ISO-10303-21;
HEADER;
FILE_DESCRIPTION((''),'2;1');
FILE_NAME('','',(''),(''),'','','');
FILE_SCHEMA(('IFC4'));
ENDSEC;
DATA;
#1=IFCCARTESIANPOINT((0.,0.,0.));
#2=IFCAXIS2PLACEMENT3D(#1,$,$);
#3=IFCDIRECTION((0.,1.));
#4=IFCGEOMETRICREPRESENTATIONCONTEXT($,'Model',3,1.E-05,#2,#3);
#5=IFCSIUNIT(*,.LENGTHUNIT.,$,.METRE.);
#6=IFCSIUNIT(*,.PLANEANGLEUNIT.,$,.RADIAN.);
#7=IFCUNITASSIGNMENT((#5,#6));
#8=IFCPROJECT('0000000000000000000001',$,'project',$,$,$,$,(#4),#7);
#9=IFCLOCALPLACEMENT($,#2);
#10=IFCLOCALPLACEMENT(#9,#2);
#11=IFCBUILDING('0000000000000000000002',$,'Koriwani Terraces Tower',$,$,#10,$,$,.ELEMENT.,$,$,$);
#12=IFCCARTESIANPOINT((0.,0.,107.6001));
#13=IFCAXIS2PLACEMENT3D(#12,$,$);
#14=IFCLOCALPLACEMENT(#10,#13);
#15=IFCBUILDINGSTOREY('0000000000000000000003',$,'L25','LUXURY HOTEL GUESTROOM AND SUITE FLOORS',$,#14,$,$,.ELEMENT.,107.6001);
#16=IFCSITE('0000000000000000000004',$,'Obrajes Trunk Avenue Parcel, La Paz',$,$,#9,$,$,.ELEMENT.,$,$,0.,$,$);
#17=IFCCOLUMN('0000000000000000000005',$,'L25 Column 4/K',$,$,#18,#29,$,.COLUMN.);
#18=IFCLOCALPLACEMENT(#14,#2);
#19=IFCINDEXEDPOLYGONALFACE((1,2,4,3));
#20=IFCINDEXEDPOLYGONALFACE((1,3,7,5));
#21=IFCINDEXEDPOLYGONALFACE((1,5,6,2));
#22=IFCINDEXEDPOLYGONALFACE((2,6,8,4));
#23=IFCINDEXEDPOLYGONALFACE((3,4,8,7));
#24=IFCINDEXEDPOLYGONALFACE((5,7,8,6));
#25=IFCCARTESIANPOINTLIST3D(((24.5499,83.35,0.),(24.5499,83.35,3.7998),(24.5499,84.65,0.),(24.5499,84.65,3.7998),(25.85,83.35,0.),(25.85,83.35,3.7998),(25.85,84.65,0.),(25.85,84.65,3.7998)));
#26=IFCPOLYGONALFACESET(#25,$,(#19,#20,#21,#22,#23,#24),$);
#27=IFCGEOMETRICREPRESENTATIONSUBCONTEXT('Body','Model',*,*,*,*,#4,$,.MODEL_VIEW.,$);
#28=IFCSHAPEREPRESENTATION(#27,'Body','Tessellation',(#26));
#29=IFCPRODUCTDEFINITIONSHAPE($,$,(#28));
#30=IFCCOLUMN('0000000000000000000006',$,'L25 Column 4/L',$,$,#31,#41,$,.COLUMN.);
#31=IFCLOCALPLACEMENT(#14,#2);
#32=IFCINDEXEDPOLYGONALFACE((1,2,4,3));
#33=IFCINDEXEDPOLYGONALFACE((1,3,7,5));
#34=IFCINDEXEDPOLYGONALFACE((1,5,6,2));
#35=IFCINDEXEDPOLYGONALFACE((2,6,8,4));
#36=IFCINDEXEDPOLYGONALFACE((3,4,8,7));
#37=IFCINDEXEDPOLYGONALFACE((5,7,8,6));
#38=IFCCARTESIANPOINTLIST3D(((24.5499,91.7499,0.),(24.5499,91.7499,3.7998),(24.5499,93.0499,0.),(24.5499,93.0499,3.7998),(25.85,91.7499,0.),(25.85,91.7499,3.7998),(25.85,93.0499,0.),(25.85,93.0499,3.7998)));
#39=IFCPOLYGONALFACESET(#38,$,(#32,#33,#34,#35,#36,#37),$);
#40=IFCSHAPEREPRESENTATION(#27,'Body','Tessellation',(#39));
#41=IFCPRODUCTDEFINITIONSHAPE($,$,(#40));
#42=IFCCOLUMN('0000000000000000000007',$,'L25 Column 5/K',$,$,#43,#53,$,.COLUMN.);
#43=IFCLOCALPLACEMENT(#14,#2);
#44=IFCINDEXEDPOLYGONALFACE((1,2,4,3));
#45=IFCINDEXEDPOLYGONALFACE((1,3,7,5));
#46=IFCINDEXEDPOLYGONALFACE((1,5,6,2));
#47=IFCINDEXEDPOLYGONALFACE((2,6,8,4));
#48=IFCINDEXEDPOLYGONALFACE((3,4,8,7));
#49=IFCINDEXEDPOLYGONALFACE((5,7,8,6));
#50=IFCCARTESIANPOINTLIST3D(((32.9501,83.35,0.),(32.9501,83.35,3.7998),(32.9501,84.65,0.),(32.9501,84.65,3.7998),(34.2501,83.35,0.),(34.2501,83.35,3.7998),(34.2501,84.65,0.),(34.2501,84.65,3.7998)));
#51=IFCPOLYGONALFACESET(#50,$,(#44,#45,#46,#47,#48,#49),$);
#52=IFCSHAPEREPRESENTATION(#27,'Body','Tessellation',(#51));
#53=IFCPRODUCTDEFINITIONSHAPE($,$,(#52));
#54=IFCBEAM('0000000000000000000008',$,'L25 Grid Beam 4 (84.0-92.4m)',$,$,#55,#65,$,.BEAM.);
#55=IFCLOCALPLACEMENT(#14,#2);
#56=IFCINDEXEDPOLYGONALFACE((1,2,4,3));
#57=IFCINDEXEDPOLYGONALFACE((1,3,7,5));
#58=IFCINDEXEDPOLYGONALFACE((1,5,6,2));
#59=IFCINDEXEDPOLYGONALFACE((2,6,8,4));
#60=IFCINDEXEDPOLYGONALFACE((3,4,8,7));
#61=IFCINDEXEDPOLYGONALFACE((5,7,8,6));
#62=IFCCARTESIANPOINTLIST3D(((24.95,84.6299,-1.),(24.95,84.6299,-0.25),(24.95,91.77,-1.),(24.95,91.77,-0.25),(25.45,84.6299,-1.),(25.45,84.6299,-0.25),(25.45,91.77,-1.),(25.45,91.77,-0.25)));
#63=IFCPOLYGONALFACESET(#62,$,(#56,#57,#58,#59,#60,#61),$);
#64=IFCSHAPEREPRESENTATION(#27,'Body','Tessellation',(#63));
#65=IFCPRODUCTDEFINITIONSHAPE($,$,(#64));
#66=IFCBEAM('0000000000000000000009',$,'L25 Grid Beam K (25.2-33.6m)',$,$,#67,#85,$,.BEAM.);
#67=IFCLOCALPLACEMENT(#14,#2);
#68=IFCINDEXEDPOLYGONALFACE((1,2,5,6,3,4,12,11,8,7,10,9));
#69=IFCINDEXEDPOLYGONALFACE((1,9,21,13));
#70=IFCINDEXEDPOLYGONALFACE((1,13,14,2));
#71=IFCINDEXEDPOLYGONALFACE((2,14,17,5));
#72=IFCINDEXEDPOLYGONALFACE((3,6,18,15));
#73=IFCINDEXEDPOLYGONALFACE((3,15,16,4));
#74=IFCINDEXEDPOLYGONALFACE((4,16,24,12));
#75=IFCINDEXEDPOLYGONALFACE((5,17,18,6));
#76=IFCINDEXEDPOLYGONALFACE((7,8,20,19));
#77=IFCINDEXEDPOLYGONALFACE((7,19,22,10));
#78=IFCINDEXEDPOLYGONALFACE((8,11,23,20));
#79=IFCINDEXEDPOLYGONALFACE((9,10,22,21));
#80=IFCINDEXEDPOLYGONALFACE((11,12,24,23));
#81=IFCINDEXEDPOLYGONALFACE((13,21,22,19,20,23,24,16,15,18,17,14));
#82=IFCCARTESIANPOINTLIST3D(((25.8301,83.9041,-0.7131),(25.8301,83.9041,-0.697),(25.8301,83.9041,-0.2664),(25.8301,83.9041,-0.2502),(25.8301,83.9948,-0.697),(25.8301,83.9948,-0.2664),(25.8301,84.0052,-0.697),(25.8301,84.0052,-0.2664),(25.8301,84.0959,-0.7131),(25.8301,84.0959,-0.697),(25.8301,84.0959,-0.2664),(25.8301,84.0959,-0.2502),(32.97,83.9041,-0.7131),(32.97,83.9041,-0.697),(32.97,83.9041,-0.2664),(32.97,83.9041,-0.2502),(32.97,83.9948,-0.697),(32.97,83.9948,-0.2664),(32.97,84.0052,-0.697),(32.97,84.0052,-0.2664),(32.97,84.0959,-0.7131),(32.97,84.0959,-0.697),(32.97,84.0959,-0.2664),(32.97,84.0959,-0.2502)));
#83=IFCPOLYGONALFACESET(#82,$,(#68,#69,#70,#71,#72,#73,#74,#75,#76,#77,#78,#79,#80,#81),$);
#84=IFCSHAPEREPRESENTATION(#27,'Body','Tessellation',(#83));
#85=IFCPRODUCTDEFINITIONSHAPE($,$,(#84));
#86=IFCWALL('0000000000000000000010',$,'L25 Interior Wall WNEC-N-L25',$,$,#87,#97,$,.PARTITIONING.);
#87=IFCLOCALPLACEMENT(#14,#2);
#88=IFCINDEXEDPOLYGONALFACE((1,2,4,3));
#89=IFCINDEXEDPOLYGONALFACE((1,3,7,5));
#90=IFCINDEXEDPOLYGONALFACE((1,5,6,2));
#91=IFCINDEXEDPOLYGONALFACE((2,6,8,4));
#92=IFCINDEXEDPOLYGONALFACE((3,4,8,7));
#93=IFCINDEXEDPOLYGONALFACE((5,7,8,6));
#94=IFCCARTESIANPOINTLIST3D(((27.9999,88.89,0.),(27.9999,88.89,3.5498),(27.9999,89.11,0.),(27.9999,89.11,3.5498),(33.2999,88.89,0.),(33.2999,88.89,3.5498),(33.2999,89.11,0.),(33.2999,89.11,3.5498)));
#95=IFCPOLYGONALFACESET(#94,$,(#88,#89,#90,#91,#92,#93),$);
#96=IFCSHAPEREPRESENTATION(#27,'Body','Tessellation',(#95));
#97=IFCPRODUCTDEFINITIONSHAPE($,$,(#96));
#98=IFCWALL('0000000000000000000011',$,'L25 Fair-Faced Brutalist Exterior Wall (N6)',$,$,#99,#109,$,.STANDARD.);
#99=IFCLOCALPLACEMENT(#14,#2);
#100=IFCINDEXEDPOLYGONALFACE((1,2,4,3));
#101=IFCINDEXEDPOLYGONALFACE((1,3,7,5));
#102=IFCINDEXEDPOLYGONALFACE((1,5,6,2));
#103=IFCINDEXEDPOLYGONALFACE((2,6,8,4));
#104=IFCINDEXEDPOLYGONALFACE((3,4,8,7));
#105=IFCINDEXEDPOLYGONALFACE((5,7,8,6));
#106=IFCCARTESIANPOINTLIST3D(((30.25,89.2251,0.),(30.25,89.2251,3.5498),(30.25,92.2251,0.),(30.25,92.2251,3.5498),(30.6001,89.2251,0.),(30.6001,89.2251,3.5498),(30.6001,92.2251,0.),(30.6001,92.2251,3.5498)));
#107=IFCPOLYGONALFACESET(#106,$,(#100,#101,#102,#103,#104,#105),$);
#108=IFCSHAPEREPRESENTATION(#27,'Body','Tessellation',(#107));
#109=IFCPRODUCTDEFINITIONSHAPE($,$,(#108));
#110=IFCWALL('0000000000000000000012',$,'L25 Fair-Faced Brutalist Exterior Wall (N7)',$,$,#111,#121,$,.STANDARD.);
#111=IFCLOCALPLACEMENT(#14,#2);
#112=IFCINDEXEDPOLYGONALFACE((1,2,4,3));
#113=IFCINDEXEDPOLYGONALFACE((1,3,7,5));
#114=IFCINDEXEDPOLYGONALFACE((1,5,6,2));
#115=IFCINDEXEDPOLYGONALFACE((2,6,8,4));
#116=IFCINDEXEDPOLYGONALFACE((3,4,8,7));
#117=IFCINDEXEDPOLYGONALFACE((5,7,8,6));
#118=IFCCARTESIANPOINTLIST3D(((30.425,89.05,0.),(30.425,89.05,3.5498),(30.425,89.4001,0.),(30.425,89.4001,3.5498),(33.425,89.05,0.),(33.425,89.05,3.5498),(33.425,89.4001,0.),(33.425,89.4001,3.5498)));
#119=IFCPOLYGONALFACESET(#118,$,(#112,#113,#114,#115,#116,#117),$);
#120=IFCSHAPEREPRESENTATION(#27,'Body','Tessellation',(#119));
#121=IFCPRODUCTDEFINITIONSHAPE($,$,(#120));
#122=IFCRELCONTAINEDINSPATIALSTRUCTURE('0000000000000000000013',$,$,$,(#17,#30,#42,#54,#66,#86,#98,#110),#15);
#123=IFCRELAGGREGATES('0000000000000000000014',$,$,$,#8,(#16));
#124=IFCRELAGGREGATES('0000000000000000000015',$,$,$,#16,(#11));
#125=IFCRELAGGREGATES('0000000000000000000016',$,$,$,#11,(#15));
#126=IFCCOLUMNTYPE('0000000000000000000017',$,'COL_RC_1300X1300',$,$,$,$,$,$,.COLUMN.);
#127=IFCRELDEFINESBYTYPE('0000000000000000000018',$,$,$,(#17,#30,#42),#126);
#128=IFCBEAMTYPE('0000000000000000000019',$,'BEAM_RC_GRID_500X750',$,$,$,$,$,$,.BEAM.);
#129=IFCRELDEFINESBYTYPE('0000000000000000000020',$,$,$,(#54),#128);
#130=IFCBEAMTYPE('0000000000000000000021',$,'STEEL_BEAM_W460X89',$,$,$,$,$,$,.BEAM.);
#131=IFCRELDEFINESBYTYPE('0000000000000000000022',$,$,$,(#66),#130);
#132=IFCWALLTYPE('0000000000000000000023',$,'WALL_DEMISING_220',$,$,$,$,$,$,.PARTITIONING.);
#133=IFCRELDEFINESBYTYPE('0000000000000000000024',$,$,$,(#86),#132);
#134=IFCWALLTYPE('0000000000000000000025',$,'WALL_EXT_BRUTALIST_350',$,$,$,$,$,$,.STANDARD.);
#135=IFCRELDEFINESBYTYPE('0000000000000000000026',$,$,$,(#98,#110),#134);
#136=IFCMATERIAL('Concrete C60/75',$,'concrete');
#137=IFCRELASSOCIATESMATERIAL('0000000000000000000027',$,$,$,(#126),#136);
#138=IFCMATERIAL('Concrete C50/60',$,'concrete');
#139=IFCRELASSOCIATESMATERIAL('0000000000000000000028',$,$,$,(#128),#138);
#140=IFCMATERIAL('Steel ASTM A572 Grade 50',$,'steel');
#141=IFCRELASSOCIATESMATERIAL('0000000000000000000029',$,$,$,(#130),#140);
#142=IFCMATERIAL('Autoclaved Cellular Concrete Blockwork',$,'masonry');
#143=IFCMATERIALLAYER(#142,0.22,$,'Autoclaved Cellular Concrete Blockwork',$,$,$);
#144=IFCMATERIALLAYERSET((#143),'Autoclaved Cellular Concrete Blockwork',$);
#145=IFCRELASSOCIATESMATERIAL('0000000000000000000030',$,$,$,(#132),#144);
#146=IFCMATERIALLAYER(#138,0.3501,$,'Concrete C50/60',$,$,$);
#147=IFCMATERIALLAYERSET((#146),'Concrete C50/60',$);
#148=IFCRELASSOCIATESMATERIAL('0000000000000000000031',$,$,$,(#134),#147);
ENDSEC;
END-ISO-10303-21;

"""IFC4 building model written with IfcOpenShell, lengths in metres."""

from ifc_helpers import new_model, si_unit, direction, frame, frame_2d, origin, origin_2d, place, context, subcontext, project, spatial, rectangle, i_section, extrude, material, layer, layer_set, material_profile, profile_set, type_object, element, save


model = new_model("IFC4")

# Units and contexts
model_context = context("Model", 3, precision=1e-05, world=origin(), true_north=direction((0.0, 1.0)))
body_context = subcontext(model_context, "Body", "Model", "MODEL_VIEW")
ifc_project = project(units=[si_unit("LENGTHUNIT", "METRE"), si_unit("PLANEANGLEUNIT", "RADIAN")], contexts=[model_context])

# Site, building, storey
site_placement = place(None, origin())
site = spatial("IfcSite", under=ifc_project, at=site_placement, Name="Obrajes Trunk Avenue Parcel, La Paz", CompositionType="ELEMENT", RefElevation=0.0)
building_placement = place(site_placement, origin())
building = spatial("IfcBuilding", under=site, at=building_placement, Name="Koriwani Terraces Tower", CompositionType="ELEMENT")
storey_placement = place(building_placement, frame((0.0, 0.0, 107.6001)))
storey = spatial("IfcBuildingStorey", under=building, at=storey_placement, Name="L25", Description="LUXURY HOTEL GUESTROOM AND SUITE FLOORS", CompositionType="ELEMENT", Elevation=107.6001)

# Columns
ifc_material_1 = material(Name="Concrete C60/75", Category="concrete")
ifc_material_profile_1 = material_profile(ifc_material_1, rectangle(XDim=1.3, YDim=1.3, at=origin_2d()), Name="Concrete C60/75", Category="LoadBearing")
ifc_profile_set_1 = profile_set([ifc_material_profile_1], Name="Concrete C60/75")
column_type = type_object("IfcColumnType", Name="COL_RC_1300X1300", PredefinedType="COLUMN", material=ifc_profile_set_1)
for number, where, z_axis, x_axis, name in (
    (1, (25.2, 84.0, 0.0), (0.0, 0.0, 1.0), (1.0, 0.0, 0.0), "L25 Column 4/K"),
    (2, (25.2, 92.3999, 0.0), (0.0, 0.0, 1.0), (1.0, 0.0, 0.0), "L25 Column 4/L"),
    (3, (33.6001, 84.0, 0.0), (0.0, 0.0, 1.0), (1.0, 0.0, 0.0), "L25 Column 5/K"),
):
    element("IfcColumn", number, at=place(storey_placement, frame(where, z_axis=z_axis, x_axis=x_axis)), inside=storey, type_object=column_type, Name=name, PredefinedType="COLUMN", context=body_context, shape_type="SweptSolid", body=[
        extrude(rectangle(XDim=1.3, YDim=1.3, at=origin_2d()), origin(), (0.0, 0.0, 1.0), 3.7998),
    ])

# Beams
ifc_material_2 = material(Name="Concrete C50/60", Category="concrete")
ifc_material_profile_2 = material_profile(ifc_material_2, rectangle(XDim=0.5, YDim=0.75, at=origin_2d()), Name="Concrete C50/60", Category="LoadBearing")
ifc_profile_set_2 = profile_set([ifc_material_profile_2], Name="Concrete C50/60")
beam_type_1 = type_object("IfcBeamType", Name="BEAM_RC_GRID_500X750", PredefinedType="BEAM", material=ifc_profile_set_2)
beam_1_placement = place(storey_placement, frame((25.2, 84.6299, -0.625), z_axis=(0.0, 1.0, 0.0), x_axis=(-1.0, 0.0, 0.0)))
element("IfcBeam", 4, at=beam_1_placement, inside=storey, type_object=beam_type_1, Name="L25 Grid Beam 4 (84.0-92.4m)", PredefinedType="BEAM", context=body_context, shape_type="SweptSolid", body=[
    extrude(rectangle(XDim=0.5, YDim=0.75, at=origin_2d()), origin(), (0.0, 0.0, 1.0), 7.1401),
])
ifc_material_3 = material(Name="Steel ASTM A572 Grade 50", Category="steel")
ifc_material_profile_3 = material_profile(ifc_material_3, i_section(OverallWidth=0.1919, OverallDepth=0.4629, WebThickness=0.0105, FlangeThickness=0.0161, at=origin_2d()), Name="Steel ASTM A572 Grade 50", Category="LoadBearing")
ifc_profile_set_3 = profile_set([ifc_material_profile_3], Name="Steel ASTM A572 Grade 50")
beam_type_2 = type_object("IfcBeamType", Name="STEEL_BEAM_W460X89", PredefinedType="BEAM", material=ifc_profile_set_3)
beam_2_placement = place(storey_placement, frame((25.8301, 84.0, -0.4817), z_axis=(1.0, 0.0, 0.0), x_axis=(0.0, 1.0, 0.0)))
element("IfcBeam", 5, at=beam_2_placement, inside=storey, type_object=beam_type_2, Name="L25 Grid Beam K (25.2-33.6m)", PredefinedType="BEAM", context=body_context, shape_type="SweptSolid", body=[
    extrude(i_section(OverallWidth=0.1919, OverallDepth=0.4629, WebThickness=0.0105, FlangeThickness=0.0161, at=origin_2d()), origin(), (0.0, 0.0, 1.0), 7.1399),
])

# Walls
ifc_material_4 = material(Name="Autoclaved Cellular Concrete Blockwork", Category="masonry")
ifc_layer_1 = layer(ifc_material_4, 0.22, Name="Autoclaved Cellular Concrete Blockwork")
ifc_layer_set_1 = layer_set([ifc_layer_1], Name="Autoclaved Cellular Concrete Blockwork")
wall_type_1 = type_object("IfcWallType", Name="WALL_DEMISING_220", PredefinedType="PARTITIONING", material=ifc_layer_set_1)
wall_1_placement = place(storey_placement, frame((28.0, 89.0, 0.0), z_axis=(0.0, 0.0, 1.0), x_axis=(1.0, 0.0, 0.0)))
element("IfcWall", 6, at=wall_1_placement, inside=storey, type_object=wall_type_1, Name="L25 Interior Wall WNEC-N-L25", PredefinedType="PARTITIONING", context=body_context, shape_type="SweptSolid", body=[
    extrude(rectangle(XDim=5.3, YDim=0.22, at=frame_2d((2.6499, 0.0))), origin(), (0.0, 0.0, 1.0), 3.5498),
])
ifc_layer_2 = layer(ifc_material_2, 0.3501, Name="Concrete C50/60")
ifc_layer_set_2 = layer_set([ifc_layer_2], Name="Concrete C50/60")
wall_type_2 = type_object("IfcWallType", Name="WALL_EXT_BRUTALIST_350", PredefinedType="STANDARD", material=ifc_layer_set_2)
for number, where, z_axis, x_axis, name in (
    (7, (30.425, 92.2251, 0.0), (0.0, 0.0, 1.0), (0.0, -1.0, 0.0), "L25 Fair-Faced Brutalist Exterior Wall (N6)"),
    (8, (30.425, 89.2251, 0.0), (0.0, 0.0, 1.0), (1.0, 0.0, 0.0), "L25 Fair-Faced Brutalist Exterior Wall (N7)"),
):
    element("IfcWall", number, at=place(storey_placement, frame(where, z_axis=z_axis, x_axis=x_axis)), inside=storey, type_object=wall_type_2, Name=name, PredefinedType="STANDARD", context=body_context, shape_type="SweptSolid", body=[
        extrude(rectangle(XDim=3.0, YDim=0.3501, at=frame_2d((1.5, 0.0))), origin(), (0.0, 0.0, 1.0), 3.5498),
    ])

save(model, "model.ifc")
